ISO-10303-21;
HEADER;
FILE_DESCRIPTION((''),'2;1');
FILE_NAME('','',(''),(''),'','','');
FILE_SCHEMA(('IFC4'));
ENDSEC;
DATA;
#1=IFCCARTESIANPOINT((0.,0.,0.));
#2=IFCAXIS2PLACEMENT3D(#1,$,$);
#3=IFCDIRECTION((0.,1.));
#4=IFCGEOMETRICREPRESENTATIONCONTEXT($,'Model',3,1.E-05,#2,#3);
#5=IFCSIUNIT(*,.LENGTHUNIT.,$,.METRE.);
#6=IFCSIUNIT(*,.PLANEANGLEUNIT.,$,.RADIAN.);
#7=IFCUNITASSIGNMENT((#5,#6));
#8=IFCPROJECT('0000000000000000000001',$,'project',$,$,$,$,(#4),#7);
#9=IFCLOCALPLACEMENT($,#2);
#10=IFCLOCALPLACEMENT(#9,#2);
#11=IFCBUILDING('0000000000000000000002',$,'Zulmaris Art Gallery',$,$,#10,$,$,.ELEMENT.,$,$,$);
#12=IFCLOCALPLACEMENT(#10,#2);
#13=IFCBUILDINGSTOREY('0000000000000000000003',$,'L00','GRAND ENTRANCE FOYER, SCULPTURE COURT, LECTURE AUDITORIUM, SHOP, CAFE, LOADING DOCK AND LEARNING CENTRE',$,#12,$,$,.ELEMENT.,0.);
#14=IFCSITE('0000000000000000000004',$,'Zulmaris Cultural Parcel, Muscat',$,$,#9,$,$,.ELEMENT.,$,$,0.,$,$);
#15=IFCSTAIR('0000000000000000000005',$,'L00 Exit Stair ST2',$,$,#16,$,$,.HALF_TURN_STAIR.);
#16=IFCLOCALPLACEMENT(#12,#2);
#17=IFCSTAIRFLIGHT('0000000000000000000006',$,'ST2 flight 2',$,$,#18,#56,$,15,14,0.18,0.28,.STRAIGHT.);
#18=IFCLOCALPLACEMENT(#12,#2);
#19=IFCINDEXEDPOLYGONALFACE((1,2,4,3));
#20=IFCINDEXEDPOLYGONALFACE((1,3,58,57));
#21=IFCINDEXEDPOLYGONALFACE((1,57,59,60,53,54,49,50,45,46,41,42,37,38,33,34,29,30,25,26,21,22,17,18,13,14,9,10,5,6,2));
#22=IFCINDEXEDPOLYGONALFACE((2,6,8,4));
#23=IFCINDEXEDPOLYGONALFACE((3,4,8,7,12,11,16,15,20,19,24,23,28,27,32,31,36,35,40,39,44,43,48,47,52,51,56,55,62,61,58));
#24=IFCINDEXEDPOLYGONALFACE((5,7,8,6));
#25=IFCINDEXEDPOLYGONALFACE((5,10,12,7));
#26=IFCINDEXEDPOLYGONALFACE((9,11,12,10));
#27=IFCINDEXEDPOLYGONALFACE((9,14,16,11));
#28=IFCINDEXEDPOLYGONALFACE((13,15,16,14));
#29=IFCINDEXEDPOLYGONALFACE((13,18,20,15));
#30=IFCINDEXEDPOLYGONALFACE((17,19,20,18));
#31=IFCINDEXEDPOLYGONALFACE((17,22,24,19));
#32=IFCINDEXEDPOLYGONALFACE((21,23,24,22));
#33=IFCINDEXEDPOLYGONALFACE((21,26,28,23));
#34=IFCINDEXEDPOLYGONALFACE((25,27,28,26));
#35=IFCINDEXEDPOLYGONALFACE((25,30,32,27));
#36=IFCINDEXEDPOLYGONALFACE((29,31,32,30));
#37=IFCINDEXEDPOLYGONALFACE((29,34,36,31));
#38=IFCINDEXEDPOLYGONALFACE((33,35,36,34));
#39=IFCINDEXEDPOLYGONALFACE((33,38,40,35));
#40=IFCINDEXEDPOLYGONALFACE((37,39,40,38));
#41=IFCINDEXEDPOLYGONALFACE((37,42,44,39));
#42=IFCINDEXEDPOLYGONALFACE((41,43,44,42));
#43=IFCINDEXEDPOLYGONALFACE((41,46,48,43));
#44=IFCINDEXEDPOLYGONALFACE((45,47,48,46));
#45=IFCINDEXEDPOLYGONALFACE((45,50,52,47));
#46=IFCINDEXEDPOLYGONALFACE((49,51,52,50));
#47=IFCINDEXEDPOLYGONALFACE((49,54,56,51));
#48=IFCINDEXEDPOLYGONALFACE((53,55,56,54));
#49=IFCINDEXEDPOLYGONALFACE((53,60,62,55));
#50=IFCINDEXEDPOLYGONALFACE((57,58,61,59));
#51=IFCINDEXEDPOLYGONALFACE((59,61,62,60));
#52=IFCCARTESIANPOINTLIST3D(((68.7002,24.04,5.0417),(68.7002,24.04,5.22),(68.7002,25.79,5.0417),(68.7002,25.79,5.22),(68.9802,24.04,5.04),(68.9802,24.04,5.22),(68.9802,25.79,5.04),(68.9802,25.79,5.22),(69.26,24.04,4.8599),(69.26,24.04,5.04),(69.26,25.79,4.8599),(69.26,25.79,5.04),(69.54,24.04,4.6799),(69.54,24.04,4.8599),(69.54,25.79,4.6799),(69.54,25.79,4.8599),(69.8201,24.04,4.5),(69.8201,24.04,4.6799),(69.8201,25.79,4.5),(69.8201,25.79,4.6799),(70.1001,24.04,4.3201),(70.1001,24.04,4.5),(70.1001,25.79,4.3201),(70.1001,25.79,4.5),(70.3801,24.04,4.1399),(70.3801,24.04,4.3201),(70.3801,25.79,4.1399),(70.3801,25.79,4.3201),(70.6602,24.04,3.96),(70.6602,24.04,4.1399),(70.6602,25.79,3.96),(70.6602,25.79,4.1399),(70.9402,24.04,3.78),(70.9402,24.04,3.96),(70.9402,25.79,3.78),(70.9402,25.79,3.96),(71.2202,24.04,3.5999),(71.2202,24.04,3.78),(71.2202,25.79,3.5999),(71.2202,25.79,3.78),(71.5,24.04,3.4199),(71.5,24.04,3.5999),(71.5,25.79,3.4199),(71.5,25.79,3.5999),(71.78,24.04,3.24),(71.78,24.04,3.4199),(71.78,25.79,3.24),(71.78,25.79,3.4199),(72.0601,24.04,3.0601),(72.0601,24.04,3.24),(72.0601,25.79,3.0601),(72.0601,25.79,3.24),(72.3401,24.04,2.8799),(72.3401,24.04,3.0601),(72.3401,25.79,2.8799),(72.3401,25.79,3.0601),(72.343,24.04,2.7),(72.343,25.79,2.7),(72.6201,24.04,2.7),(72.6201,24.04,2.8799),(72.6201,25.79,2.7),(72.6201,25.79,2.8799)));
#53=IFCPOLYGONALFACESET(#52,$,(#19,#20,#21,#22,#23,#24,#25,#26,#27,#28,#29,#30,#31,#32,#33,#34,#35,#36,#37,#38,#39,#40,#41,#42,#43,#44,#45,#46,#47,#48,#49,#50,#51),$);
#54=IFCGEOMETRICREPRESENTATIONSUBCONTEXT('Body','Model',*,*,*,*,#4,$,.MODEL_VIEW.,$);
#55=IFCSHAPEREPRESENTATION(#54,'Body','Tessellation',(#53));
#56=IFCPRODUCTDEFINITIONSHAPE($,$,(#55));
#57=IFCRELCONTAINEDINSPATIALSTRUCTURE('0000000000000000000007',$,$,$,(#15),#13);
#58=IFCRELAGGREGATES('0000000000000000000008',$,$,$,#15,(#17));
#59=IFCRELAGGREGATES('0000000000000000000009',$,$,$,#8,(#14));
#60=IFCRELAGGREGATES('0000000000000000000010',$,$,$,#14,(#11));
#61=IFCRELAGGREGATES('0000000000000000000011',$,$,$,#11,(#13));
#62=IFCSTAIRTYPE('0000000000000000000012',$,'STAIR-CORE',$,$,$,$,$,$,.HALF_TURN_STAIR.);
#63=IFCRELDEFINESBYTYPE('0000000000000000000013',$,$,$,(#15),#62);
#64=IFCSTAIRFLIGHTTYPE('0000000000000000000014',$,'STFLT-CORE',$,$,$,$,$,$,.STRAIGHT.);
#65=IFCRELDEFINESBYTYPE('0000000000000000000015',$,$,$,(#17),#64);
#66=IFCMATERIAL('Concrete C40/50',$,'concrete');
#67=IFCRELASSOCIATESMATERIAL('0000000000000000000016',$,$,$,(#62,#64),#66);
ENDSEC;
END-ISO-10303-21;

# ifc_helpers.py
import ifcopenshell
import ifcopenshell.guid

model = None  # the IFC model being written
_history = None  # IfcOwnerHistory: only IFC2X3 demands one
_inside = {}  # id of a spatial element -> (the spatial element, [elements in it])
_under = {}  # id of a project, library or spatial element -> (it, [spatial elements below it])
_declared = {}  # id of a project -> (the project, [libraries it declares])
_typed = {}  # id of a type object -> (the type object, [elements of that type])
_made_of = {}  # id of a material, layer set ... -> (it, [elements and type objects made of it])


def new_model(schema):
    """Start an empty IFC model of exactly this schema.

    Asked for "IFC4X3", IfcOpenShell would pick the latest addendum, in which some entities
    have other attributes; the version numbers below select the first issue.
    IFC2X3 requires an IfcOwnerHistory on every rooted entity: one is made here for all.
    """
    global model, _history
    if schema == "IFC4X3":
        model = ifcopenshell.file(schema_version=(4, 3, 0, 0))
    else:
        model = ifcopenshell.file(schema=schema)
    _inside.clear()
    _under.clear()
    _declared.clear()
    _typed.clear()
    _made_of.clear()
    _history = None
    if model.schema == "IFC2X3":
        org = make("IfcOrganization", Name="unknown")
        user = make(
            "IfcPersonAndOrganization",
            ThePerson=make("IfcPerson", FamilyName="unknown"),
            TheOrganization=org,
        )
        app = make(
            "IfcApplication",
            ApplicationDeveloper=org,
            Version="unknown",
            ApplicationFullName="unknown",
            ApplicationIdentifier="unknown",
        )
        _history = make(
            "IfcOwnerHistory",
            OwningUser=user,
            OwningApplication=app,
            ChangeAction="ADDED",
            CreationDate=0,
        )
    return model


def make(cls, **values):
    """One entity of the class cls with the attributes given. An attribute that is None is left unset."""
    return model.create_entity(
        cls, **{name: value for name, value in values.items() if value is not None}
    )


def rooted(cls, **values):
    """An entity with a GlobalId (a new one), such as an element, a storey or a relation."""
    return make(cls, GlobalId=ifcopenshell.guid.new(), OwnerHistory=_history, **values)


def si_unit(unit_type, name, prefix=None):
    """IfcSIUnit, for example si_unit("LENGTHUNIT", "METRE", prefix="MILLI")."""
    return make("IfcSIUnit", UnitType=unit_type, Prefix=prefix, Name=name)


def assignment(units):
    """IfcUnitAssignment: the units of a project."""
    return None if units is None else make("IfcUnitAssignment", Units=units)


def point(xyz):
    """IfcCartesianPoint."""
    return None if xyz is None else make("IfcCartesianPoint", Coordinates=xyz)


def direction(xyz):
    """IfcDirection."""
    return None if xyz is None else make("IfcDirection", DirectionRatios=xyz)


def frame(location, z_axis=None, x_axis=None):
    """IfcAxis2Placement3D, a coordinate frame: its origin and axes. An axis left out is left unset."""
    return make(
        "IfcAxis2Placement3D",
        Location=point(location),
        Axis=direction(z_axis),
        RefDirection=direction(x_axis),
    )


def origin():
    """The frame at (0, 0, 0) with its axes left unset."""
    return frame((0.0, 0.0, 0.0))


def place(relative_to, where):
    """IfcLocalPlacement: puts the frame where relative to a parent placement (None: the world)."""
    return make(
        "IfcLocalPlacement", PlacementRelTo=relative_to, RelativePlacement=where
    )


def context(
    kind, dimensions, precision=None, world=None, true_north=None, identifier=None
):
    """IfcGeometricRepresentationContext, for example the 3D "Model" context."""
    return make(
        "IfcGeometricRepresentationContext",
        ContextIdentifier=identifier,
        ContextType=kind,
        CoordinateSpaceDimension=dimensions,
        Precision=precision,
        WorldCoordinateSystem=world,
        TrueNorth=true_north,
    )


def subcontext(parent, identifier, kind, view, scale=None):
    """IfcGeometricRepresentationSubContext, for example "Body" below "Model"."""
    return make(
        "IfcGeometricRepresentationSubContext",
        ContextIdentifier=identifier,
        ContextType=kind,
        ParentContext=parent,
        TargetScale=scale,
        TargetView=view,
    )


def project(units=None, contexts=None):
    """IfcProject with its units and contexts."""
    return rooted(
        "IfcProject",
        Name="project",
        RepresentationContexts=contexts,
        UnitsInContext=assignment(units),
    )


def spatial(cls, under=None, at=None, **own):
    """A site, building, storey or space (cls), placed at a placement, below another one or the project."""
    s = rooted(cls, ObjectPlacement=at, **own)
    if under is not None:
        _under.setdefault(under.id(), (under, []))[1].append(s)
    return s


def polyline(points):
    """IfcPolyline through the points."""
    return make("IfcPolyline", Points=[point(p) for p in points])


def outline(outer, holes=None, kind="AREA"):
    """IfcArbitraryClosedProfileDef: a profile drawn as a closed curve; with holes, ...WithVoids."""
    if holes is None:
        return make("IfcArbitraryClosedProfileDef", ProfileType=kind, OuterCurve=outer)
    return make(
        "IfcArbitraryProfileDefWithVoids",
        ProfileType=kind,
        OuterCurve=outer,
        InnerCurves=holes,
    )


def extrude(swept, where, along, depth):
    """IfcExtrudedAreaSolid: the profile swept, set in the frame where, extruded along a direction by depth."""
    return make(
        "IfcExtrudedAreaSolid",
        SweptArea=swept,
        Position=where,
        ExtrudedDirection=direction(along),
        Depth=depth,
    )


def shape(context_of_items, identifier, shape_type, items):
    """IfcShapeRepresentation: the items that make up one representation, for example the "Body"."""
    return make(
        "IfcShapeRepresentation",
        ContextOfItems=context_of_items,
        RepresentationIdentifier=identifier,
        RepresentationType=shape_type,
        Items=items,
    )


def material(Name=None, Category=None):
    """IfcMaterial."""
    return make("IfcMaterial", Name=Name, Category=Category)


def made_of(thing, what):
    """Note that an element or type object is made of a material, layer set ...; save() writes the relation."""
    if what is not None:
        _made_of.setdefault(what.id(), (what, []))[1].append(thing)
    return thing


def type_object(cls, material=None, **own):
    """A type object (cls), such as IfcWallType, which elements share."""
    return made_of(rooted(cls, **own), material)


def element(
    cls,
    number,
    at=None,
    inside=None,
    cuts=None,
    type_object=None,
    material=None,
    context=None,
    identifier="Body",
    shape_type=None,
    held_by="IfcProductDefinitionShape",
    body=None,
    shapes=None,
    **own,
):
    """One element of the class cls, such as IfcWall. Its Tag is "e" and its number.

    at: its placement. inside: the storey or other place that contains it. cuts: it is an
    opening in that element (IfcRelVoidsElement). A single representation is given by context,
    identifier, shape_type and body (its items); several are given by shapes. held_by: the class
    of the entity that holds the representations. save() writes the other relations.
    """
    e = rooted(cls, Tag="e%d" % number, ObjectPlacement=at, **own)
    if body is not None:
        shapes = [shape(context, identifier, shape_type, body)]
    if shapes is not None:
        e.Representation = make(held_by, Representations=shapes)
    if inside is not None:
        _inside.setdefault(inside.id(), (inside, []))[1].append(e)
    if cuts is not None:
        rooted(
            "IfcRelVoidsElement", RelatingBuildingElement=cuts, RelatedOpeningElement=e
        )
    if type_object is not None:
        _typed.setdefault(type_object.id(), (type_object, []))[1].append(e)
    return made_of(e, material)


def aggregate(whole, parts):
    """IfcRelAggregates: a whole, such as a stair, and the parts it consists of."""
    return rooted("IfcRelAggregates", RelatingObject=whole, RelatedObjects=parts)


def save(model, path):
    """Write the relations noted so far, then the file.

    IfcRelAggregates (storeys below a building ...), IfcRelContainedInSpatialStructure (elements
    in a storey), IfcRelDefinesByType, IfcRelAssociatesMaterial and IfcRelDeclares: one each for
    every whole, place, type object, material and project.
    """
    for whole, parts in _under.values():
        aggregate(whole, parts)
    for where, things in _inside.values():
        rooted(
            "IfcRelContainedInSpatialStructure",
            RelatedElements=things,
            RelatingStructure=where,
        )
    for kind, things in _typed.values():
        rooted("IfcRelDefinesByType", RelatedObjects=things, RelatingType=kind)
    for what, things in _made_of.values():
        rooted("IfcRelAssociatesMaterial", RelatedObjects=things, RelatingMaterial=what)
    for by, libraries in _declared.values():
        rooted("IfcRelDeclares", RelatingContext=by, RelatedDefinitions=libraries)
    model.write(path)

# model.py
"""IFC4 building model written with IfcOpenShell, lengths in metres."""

from ifc_helpers import new_model, si_unit, direction, frame, origin, place, context, subcontext, project, spatial, polyline, outline, extrude, material, type_object, element, aggregate, save


model = new_model("IFC4")

# Units and contexts
model_context = context("Model", 3, precision=1e-05, world=origin(), true_north=direction((0.0, 1.0)))
body_context = subcontext(model_context, "Body", "Model", "MODEL_VIEW")
ifc_project = project(units=[si_unit("LENGTHUNIT", "METRE"), si_unit("PLANEANGLEUNIT", "RADIAN")], contexts=[model_context])

# Site, building, storey
site_placement = place(None, origin())
site = spatial("IfcSite", under=ifc_project, at=site_placement, Name="Zulmaris Cultural Parcel, Muscat", CompositionType="ELEMENT", RefElevation=0.0)
building_placement = place(site_placement, origin())
building = spatial("IfcBuilding", under=site, at=building_placement, Name="Zulmaris Art Gallery", CompositionType="ELEMENT")
storey_placement = place(building_placement, origin())
storey = spatial("IfcBuildingStorey", under=building, at=storey_placement, Name="L00", Description="GRAND ENTRANCE FOYER, SCULPTURE COURT, LECTURE AUDITORIUM, SHOP, CAFE, LOADING DOCK AND LEARNING CENTRE", CompositionType="ELEMENT", Elevation=0.0)

# Shared definitions
ifc_material_1 = material(Name="Concrete C40/50", Category="concrete")

# Stair, stair flight
stair_type = type_object("IfcStairType", Name="STAIR-CORE", PredefinedType="HALF_TURN_STAIR", material=ifc_material_1)
stair_placement = place(storey_placement, origin())
stair = element("IfcStair", 1, at=stair_placement, inside=storey, type_object=stair_type, Name="L00 Exit Stair ST2", PredefinedType="HALF_TURN_STAIR")
stair_flight_type = type_object("IfcStairFlightType", Name="STFLT-CORE", PredefinedType="STRAIGHT", material=ifc_material_1)
stair_flight_1_placement = place(storey_placement, frame((72.6201, 24.915, 2.7), z_axis=(0.0, 0.0, 1.0), x_axis=(-1.0, 0.0, 0.0)))
stair_flight_1 = element("IfcStairFlight", 2, at=stair_flight_1_placement, type_object=stair_flight_type, Name="ST2 flight 2", NumberOfRisers=15, NumberOfTreads=14, PredefinedType="STRAIGHT", RiserHeight=0.18, TreadLength=0.28, context=body_context, shape_type="SweptSolid", body=[
    extrude(outline(polyline([(0.0, 0.0), (0.0, 0.1799), (0.28, 0.1799), (0.28, 0.3601), (0.5601, 0.3601), (0.5601, 0.54), (0.8401, 0.54), (0.8401, 0.72), (1.1201, 0.72), (1.1201, 0.8999), (1.3999, 0.8999), (1.3999, 1.0801), (1.6799, 1.0801), (1.6799, 1.26), (1.96, 1.26), (1.96, 1.4399), (2.24, 1.4399), (2.24, 1.6201), (2.52, 1.6201), (2.52, 1.8), (2.8, 1.8), (2.8, 1.98), (3.0801, 1.98), (3.0801, 2.1599), (3.3601, 2.1599), (3.3601, 2.3401), (3.6399, 2.3401), (3.6399, 2.52), (3.9199, 2.52), (3.9199, 2.7), (3.9199, 2.3418), (0.2771, 0.0), (0.0, 0.0)])), frame((0.0, 0.875, 0.0), z_axis=(0.0, -1.0, 0.0), x_axis=(1.0, 0.0, 0.0)), (0.0, 0.0, 1.0), 1.75),
])
aggregate(stair, [stair_flight_1])

save(model, "model.ifc")
